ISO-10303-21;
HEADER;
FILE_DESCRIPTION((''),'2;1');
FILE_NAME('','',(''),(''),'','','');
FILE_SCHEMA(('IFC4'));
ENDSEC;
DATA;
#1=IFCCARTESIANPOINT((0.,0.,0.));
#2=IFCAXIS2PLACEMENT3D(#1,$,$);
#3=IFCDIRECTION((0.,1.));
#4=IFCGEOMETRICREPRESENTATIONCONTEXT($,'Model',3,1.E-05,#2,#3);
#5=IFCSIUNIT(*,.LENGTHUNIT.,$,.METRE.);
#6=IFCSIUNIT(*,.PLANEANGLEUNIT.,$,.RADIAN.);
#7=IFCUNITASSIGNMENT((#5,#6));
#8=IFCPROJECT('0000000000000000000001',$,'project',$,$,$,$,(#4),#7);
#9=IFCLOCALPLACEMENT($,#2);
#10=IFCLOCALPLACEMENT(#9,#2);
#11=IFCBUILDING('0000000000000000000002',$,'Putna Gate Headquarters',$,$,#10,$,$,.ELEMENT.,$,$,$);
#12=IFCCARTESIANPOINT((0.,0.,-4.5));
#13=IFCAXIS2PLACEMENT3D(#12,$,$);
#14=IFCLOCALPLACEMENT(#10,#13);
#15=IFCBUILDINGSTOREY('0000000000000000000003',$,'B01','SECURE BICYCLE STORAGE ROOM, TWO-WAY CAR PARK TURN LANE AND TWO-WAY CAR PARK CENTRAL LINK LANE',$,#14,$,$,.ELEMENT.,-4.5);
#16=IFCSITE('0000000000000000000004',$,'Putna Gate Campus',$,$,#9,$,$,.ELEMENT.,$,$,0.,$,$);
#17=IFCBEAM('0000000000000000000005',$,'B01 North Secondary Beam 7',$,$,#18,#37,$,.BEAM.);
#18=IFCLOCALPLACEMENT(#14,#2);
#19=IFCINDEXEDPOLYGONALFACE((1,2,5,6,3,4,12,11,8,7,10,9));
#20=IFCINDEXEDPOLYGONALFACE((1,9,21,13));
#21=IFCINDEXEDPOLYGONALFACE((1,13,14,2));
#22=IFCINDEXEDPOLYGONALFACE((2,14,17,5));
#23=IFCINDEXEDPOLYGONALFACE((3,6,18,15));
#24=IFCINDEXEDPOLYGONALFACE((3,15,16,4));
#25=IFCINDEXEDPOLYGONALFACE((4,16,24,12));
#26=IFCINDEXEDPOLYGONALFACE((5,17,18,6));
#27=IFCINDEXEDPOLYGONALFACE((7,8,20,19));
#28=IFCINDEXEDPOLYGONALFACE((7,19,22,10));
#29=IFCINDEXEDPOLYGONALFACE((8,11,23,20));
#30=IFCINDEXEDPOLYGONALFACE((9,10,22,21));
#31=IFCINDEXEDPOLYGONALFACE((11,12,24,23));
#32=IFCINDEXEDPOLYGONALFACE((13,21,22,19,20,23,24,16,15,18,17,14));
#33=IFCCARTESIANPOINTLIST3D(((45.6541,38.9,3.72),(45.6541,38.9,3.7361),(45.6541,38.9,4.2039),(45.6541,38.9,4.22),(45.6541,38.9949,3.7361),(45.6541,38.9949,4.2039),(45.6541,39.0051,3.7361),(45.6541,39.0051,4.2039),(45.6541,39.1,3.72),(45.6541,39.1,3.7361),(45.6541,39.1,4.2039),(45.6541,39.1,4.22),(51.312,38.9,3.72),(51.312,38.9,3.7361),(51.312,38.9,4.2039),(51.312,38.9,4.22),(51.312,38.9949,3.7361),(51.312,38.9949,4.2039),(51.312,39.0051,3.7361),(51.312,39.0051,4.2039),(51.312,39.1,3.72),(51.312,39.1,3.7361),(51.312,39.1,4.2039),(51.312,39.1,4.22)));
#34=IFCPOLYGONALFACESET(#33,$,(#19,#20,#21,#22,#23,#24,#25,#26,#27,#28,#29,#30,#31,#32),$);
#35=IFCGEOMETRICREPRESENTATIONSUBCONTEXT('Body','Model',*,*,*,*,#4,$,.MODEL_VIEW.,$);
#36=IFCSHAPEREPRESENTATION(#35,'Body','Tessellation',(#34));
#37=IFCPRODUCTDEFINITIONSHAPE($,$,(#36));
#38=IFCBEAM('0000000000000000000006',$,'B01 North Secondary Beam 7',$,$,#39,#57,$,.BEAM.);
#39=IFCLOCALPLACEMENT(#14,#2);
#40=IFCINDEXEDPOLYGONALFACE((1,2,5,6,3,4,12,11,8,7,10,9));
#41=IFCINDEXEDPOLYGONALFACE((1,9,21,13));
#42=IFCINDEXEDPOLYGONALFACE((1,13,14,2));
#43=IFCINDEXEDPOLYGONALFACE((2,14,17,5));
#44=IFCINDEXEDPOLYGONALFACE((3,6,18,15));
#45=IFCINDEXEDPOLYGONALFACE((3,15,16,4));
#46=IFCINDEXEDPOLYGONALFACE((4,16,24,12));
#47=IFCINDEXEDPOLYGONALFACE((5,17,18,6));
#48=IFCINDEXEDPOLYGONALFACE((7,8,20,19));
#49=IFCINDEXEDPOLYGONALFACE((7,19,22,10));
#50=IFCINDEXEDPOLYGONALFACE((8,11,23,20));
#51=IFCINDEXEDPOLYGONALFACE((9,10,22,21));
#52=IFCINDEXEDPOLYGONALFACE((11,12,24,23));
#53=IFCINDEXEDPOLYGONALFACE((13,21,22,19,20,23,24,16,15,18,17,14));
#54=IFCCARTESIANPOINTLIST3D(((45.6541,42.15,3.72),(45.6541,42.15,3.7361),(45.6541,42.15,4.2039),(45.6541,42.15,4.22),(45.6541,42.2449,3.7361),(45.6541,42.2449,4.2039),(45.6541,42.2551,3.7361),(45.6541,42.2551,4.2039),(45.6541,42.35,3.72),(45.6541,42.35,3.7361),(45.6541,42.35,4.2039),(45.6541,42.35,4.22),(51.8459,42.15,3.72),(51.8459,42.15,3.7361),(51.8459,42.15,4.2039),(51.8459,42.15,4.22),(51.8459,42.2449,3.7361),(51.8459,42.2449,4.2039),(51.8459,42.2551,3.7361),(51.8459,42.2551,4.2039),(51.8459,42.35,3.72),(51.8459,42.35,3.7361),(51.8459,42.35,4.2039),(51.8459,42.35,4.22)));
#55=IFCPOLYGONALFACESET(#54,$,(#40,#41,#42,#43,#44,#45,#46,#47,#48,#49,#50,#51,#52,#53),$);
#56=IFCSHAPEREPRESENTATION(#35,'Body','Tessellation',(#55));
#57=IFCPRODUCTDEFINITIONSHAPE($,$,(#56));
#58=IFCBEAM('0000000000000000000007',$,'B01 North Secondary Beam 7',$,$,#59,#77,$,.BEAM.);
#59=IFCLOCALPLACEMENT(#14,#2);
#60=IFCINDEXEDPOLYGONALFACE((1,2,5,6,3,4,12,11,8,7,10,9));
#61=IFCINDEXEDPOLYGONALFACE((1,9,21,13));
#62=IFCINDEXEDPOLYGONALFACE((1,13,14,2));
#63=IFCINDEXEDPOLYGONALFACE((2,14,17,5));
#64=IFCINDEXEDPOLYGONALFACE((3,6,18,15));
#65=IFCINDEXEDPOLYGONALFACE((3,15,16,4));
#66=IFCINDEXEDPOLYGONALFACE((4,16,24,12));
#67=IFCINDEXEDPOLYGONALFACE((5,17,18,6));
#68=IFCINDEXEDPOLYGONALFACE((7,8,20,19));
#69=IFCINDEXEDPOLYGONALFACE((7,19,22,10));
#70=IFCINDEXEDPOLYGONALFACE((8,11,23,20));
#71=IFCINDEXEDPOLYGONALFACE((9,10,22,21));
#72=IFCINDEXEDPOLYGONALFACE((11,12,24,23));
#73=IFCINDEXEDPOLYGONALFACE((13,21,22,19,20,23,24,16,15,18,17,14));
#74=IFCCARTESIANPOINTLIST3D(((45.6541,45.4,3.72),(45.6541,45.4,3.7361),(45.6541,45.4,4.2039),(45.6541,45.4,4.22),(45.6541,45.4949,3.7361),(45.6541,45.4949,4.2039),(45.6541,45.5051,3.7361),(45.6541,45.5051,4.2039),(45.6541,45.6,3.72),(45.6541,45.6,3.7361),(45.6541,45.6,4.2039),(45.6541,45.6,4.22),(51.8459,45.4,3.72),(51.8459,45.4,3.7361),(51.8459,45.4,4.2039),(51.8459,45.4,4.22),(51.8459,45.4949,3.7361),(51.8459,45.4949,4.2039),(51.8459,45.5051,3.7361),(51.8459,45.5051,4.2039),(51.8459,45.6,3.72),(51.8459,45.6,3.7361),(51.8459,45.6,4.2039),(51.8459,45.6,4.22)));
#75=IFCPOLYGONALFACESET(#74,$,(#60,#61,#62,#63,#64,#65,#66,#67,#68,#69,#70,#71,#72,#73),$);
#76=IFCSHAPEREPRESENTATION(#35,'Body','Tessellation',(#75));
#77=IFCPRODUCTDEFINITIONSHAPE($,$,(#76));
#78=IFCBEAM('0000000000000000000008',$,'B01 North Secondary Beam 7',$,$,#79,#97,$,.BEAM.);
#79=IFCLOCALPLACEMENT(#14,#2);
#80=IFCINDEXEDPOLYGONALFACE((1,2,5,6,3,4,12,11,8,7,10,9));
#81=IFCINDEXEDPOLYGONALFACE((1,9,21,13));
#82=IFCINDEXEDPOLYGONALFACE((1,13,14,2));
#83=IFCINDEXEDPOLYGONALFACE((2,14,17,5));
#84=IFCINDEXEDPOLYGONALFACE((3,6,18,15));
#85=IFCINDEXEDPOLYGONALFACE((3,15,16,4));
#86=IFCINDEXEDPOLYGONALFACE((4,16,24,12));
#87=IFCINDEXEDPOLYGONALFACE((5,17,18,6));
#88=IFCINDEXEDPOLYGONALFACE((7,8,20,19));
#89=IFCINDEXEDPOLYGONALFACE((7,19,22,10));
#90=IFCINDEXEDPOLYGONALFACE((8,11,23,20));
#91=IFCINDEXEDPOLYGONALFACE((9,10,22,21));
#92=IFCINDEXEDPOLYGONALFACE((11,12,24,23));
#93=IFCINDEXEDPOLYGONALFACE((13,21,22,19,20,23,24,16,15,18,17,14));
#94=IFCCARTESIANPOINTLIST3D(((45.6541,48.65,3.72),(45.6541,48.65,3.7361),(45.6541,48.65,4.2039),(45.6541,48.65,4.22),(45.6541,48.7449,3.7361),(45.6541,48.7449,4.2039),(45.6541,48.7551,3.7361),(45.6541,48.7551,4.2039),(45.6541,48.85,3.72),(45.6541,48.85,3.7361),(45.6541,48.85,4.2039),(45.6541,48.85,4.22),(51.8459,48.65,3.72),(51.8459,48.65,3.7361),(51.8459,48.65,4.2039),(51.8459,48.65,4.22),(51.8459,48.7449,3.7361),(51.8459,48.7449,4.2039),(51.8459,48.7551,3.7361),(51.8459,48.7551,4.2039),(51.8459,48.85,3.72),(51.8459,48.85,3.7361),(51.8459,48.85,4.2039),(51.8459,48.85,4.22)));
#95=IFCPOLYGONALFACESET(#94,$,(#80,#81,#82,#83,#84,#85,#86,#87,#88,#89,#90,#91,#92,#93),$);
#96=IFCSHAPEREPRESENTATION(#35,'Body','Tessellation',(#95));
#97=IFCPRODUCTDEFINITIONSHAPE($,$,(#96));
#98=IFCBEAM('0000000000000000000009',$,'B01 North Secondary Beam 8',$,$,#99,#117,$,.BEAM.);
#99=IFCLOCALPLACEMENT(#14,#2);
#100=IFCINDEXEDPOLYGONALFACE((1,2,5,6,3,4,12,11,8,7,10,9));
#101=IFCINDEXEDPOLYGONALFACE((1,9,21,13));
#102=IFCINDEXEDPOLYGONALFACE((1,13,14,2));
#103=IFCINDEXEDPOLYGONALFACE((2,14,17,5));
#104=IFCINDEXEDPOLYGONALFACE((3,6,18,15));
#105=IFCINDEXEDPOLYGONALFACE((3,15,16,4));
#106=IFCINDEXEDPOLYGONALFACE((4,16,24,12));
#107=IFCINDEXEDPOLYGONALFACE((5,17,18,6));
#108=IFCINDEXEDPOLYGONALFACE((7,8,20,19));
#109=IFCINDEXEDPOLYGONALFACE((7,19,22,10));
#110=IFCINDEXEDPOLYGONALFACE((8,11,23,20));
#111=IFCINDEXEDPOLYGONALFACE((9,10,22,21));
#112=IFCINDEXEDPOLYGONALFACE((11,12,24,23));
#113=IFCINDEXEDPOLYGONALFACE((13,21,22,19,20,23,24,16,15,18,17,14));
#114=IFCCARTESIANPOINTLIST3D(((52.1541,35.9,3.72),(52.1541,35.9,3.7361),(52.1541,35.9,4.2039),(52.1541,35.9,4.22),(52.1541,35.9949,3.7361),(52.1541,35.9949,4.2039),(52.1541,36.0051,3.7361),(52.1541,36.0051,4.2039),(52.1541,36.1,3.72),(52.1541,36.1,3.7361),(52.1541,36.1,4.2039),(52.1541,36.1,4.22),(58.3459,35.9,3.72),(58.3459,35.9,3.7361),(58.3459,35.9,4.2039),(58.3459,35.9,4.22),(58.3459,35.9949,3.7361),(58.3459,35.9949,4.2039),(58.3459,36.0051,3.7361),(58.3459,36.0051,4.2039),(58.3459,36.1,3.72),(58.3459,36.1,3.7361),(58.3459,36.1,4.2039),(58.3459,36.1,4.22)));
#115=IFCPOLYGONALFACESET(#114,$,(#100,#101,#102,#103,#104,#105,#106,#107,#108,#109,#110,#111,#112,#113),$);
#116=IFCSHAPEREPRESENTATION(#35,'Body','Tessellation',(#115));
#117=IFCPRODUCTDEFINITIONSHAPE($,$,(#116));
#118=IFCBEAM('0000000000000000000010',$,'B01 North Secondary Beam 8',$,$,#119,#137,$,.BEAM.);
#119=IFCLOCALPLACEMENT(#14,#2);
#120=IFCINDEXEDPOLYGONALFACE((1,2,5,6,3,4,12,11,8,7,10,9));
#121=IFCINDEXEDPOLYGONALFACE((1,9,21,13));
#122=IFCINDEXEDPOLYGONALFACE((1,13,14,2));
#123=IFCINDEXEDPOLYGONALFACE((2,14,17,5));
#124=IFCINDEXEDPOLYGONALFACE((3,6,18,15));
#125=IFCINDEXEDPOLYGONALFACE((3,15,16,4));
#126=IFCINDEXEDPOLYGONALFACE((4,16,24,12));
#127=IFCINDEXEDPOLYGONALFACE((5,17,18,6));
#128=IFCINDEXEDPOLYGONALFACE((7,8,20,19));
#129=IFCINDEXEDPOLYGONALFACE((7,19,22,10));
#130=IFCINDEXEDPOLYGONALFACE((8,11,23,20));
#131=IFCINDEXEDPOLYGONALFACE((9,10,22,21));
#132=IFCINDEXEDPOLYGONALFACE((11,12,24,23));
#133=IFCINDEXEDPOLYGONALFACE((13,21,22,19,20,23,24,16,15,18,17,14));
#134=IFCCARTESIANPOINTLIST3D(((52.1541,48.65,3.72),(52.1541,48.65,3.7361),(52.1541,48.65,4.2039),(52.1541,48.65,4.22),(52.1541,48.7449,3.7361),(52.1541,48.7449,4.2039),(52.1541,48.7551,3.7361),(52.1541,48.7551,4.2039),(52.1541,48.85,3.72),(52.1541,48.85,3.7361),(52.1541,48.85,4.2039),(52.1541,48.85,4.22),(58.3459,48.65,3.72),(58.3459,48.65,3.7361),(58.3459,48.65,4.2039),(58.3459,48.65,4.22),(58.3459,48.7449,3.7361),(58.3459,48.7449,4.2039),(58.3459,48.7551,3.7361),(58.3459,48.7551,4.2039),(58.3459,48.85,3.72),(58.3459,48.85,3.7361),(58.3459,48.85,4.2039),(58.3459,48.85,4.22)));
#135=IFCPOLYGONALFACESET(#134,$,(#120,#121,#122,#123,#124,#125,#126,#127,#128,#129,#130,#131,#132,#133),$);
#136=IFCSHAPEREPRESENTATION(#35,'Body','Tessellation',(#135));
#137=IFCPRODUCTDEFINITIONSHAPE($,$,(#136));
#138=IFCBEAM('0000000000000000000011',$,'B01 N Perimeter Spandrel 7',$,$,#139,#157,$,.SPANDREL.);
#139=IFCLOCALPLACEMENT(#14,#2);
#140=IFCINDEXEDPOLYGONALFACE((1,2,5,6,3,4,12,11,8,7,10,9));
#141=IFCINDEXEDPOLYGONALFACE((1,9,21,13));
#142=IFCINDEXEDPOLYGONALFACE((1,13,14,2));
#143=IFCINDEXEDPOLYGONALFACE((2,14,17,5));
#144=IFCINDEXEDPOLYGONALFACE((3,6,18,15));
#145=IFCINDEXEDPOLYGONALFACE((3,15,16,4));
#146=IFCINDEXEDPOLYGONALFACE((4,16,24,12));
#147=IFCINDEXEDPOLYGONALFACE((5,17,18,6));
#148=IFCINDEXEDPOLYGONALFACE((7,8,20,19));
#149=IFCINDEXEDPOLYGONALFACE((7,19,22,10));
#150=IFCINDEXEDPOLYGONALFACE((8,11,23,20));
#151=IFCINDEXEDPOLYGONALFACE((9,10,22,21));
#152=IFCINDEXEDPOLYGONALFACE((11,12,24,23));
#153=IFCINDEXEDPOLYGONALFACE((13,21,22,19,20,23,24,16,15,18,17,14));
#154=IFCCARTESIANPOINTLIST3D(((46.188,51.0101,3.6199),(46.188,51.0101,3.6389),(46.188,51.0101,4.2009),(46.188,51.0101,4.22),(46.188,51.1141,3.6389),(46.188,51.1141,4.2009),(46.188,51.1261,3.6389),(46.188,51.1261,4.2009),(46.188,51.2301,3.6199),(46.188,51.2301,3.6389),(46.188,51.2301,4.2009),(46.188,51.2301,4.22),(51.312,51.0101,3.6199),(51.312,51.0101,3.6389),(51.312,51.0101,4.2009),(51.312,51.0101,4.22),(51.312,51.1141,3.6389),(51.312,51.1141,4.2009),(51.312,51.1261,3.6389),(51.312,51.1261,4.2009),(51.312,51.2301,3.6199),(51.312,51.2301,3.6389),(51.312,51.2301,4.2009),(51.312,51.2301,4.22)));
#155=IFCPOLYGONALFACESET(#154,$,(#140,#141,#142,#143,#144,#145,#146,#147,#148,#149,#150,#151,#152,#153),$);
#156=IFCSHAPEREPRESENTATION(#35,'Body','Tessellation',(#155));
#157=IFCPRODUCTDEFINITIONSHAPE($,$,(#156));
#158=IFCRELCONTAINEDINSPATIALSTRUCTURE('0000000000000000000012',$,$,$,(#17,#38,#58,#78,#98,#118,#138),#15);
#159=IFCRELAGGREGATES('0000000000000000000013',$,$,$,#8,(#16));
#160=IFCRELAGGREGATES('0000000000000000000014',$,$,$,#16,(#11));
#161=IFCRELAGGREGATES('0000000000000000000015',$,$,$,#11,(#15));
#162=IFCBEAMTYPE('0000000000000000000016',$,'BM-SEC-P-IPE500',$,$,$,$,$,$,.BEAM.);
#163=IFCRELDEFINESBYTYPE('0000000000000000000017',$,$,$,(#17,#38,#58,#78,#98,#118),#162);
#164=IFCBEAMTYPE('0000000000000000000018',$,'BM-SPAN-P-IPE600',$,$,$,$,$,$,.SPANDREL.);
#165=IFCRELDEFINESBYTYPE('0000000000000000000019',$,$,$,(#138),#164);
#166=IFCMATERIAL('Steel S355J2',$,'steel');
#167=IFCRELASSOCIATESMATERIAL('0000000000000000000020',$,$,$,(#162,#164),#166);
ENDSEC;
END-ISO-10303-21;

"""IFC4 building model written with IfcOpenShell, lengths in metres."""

from ifc_helpers import new_model, si_unit, direction, frame, origin, origin_2d, place, context, subcontext, project, spatial, i_section, extrude, material, material_profile, profile_set, type_object, element, save


model = new_model("IFC4")

# Units and contexts
model_context = context("Model", 3, precision=1e-05, world=origin(), true_north=direction((0.0, 1.0)))
body_context = subcontext(model_context, "Body", "Model", "MODEL_VIEW")
ifc_project = project(units=[si_unit("LENGTHUNIT", "METRE"), si_unit("PLANEANGLEUNIT", "RADIAN")], contexts=[model_context])

# Site, building, storey
site_placement = place(None, origin())
site = spatial("IfcSite", under=ifc_project, at=site_placement, Name="Putna Gate Campus", CompositionType="ELEMENT", RefElevation=0.0)
building_placement = place(site_placement, origin())
building = spatial("IfcBuilding", under=site, at=building_placement, Name="Putna Gate Headquarters", CompositionType="ELEMENT")
storey_placement = place(building_placement, frame((0.0, 0.0, -4.5)))
storey = spatial("IfcBuildingStorey", under=building, at=storey_placement, Name="B01", Description="SECURE BICYCLE STORAGE ROOM, TWO-WAY CAR PARK TURN LANE AND TWO-WAY CAR PARK CENTRAL LINK LANE", CompositionType="ELEMENT", Elevation=-4.5)

# Beams
ifc_material_1 = material(Name="Steel S355J2", Category="steel")
ifc_material_profile_1 = material_profile(ifc_material_1, i_section(OverallWidth=0.2, OverallDepth=0.5, WebThickness=0.0103, FlangeThickness=0.0161, at=origin_2d()), Name="Steel S355J2")
ifc_profile_set_1 = profile_set([ifc_material_profile_1], Name="Steel S355J2")
beam_type_1 = type_object("IfcBeamType", Name="BM-SEC-P-IPE500", PredefinedType="BEAM", material=ifc_profile_set_1)
beam_1_placement = place(storey_placement, frame((45.6541, 39.0, 3.97), z_axis=(1.0, 0.0, 0.0), x_axis=(0.0, 1.0, 0.0)))
element("IfcBeam", 1, at=beam_1_placement, inside=storey, type_object=beam_type_1, Name="B01 North Secondary Beam 7", PredefinedType="BEAM", context=body_context, shape_type="SweptSolid", body=[
    extrude(i_section(OverallWidth=0.2, OverallDepth=0.5, WebThickness=0.0103, FlangeThickness=0.0161, at=origin_2d()), origin(), (0.0, 0.0, 1.0), 5.658),
])
for number, where, z_axis, x_axis, name in (
    (2, (45.6541, 42.25, 3.97), (1.0, 0.0, 0.0), (0.0, 1.0, 0.0), "B01 North Secondary Beam 7"),
    (3, (45.6541, 45.5, 3.97), (1.0, 0.0, 0.0), (0.0, 1.0, 0.0), "B01 North Secondary Beam 7"),
    (4, (45.6541, 48.75, 3.97), (1.0, 0.0, 0.0), (0.0, 1.0, 0.0), "B01 North Secondary Beam 7"),
    (5, (52.1541, 36.0, 3.97), (1.0, 0.0, 0.0), (0.0, 1.0, 0.0), "B01 North Secondary Beam 8"),
    (6, (52.1541, 48.75, 3.97), (1.0, 0.0, 0.0), (0.0, 1.0, 0.0), "B01 North Secondary Beam 8"),
):
    element("IfcBeam", number, at=place(storey_placement, frame(where, z_axis=z_axis, x_axis=x_axis)), inside=storey, type_object=beam_type_1, Name=name, PredefinedType="BEAM", context=body_context, shape_type="SweptSolid", body=[
        extrude(i_section(OverallWidth=0.2, OverallDepth=0.5, WebThickness=0.0103, FlangeThickness=0.0161, at=origin_2d()), origin(), (0.0, 0.0, 1.0), 6.1919),
    ])
ifc_material_profile_2 = material_profile(ifc_material_1, i_section(OverallWidth=0.22, OverallDepth=0.6001, WebThickness=0.012, FlangeThickness=0.019, at=origin_2d()), Name="Steel S355J2")
ifc_profile_set_2 = profile_set([ifc_material_profile_2], Name="Steel S355J2")
beam_type_2 = type_object("IfcBeamType", Name="BM-SPAN-P-IPE600", PredefinedType="SPANDREL", material=ifc_profile_set_2)
beam_2_placement = place(storey_placement, frame((46.188, 51.1201, 3.9199), z_axis=(1.0, 0.0, 0.0), x_axis=(0.0, 1.0, 0.0)))
element("IfcBeam", 7, at=beam_2_placement, inside=storey, type_object=beam_type_2, Name="B01 N Perimeter Spandrel 7", PredefinedType="SPANDREL", context=body_context, shape_type="SweptSolid", body=[
    extrude(i_section(OverallWidth=0.22, OverallDepth=0.6001, WebThickness=0.012, FlangeThickness=0.019, at=origin_2d()), origin(), (0.0, 0.0, 1.0), 5.124),
])

save(model, "model.ifc")
